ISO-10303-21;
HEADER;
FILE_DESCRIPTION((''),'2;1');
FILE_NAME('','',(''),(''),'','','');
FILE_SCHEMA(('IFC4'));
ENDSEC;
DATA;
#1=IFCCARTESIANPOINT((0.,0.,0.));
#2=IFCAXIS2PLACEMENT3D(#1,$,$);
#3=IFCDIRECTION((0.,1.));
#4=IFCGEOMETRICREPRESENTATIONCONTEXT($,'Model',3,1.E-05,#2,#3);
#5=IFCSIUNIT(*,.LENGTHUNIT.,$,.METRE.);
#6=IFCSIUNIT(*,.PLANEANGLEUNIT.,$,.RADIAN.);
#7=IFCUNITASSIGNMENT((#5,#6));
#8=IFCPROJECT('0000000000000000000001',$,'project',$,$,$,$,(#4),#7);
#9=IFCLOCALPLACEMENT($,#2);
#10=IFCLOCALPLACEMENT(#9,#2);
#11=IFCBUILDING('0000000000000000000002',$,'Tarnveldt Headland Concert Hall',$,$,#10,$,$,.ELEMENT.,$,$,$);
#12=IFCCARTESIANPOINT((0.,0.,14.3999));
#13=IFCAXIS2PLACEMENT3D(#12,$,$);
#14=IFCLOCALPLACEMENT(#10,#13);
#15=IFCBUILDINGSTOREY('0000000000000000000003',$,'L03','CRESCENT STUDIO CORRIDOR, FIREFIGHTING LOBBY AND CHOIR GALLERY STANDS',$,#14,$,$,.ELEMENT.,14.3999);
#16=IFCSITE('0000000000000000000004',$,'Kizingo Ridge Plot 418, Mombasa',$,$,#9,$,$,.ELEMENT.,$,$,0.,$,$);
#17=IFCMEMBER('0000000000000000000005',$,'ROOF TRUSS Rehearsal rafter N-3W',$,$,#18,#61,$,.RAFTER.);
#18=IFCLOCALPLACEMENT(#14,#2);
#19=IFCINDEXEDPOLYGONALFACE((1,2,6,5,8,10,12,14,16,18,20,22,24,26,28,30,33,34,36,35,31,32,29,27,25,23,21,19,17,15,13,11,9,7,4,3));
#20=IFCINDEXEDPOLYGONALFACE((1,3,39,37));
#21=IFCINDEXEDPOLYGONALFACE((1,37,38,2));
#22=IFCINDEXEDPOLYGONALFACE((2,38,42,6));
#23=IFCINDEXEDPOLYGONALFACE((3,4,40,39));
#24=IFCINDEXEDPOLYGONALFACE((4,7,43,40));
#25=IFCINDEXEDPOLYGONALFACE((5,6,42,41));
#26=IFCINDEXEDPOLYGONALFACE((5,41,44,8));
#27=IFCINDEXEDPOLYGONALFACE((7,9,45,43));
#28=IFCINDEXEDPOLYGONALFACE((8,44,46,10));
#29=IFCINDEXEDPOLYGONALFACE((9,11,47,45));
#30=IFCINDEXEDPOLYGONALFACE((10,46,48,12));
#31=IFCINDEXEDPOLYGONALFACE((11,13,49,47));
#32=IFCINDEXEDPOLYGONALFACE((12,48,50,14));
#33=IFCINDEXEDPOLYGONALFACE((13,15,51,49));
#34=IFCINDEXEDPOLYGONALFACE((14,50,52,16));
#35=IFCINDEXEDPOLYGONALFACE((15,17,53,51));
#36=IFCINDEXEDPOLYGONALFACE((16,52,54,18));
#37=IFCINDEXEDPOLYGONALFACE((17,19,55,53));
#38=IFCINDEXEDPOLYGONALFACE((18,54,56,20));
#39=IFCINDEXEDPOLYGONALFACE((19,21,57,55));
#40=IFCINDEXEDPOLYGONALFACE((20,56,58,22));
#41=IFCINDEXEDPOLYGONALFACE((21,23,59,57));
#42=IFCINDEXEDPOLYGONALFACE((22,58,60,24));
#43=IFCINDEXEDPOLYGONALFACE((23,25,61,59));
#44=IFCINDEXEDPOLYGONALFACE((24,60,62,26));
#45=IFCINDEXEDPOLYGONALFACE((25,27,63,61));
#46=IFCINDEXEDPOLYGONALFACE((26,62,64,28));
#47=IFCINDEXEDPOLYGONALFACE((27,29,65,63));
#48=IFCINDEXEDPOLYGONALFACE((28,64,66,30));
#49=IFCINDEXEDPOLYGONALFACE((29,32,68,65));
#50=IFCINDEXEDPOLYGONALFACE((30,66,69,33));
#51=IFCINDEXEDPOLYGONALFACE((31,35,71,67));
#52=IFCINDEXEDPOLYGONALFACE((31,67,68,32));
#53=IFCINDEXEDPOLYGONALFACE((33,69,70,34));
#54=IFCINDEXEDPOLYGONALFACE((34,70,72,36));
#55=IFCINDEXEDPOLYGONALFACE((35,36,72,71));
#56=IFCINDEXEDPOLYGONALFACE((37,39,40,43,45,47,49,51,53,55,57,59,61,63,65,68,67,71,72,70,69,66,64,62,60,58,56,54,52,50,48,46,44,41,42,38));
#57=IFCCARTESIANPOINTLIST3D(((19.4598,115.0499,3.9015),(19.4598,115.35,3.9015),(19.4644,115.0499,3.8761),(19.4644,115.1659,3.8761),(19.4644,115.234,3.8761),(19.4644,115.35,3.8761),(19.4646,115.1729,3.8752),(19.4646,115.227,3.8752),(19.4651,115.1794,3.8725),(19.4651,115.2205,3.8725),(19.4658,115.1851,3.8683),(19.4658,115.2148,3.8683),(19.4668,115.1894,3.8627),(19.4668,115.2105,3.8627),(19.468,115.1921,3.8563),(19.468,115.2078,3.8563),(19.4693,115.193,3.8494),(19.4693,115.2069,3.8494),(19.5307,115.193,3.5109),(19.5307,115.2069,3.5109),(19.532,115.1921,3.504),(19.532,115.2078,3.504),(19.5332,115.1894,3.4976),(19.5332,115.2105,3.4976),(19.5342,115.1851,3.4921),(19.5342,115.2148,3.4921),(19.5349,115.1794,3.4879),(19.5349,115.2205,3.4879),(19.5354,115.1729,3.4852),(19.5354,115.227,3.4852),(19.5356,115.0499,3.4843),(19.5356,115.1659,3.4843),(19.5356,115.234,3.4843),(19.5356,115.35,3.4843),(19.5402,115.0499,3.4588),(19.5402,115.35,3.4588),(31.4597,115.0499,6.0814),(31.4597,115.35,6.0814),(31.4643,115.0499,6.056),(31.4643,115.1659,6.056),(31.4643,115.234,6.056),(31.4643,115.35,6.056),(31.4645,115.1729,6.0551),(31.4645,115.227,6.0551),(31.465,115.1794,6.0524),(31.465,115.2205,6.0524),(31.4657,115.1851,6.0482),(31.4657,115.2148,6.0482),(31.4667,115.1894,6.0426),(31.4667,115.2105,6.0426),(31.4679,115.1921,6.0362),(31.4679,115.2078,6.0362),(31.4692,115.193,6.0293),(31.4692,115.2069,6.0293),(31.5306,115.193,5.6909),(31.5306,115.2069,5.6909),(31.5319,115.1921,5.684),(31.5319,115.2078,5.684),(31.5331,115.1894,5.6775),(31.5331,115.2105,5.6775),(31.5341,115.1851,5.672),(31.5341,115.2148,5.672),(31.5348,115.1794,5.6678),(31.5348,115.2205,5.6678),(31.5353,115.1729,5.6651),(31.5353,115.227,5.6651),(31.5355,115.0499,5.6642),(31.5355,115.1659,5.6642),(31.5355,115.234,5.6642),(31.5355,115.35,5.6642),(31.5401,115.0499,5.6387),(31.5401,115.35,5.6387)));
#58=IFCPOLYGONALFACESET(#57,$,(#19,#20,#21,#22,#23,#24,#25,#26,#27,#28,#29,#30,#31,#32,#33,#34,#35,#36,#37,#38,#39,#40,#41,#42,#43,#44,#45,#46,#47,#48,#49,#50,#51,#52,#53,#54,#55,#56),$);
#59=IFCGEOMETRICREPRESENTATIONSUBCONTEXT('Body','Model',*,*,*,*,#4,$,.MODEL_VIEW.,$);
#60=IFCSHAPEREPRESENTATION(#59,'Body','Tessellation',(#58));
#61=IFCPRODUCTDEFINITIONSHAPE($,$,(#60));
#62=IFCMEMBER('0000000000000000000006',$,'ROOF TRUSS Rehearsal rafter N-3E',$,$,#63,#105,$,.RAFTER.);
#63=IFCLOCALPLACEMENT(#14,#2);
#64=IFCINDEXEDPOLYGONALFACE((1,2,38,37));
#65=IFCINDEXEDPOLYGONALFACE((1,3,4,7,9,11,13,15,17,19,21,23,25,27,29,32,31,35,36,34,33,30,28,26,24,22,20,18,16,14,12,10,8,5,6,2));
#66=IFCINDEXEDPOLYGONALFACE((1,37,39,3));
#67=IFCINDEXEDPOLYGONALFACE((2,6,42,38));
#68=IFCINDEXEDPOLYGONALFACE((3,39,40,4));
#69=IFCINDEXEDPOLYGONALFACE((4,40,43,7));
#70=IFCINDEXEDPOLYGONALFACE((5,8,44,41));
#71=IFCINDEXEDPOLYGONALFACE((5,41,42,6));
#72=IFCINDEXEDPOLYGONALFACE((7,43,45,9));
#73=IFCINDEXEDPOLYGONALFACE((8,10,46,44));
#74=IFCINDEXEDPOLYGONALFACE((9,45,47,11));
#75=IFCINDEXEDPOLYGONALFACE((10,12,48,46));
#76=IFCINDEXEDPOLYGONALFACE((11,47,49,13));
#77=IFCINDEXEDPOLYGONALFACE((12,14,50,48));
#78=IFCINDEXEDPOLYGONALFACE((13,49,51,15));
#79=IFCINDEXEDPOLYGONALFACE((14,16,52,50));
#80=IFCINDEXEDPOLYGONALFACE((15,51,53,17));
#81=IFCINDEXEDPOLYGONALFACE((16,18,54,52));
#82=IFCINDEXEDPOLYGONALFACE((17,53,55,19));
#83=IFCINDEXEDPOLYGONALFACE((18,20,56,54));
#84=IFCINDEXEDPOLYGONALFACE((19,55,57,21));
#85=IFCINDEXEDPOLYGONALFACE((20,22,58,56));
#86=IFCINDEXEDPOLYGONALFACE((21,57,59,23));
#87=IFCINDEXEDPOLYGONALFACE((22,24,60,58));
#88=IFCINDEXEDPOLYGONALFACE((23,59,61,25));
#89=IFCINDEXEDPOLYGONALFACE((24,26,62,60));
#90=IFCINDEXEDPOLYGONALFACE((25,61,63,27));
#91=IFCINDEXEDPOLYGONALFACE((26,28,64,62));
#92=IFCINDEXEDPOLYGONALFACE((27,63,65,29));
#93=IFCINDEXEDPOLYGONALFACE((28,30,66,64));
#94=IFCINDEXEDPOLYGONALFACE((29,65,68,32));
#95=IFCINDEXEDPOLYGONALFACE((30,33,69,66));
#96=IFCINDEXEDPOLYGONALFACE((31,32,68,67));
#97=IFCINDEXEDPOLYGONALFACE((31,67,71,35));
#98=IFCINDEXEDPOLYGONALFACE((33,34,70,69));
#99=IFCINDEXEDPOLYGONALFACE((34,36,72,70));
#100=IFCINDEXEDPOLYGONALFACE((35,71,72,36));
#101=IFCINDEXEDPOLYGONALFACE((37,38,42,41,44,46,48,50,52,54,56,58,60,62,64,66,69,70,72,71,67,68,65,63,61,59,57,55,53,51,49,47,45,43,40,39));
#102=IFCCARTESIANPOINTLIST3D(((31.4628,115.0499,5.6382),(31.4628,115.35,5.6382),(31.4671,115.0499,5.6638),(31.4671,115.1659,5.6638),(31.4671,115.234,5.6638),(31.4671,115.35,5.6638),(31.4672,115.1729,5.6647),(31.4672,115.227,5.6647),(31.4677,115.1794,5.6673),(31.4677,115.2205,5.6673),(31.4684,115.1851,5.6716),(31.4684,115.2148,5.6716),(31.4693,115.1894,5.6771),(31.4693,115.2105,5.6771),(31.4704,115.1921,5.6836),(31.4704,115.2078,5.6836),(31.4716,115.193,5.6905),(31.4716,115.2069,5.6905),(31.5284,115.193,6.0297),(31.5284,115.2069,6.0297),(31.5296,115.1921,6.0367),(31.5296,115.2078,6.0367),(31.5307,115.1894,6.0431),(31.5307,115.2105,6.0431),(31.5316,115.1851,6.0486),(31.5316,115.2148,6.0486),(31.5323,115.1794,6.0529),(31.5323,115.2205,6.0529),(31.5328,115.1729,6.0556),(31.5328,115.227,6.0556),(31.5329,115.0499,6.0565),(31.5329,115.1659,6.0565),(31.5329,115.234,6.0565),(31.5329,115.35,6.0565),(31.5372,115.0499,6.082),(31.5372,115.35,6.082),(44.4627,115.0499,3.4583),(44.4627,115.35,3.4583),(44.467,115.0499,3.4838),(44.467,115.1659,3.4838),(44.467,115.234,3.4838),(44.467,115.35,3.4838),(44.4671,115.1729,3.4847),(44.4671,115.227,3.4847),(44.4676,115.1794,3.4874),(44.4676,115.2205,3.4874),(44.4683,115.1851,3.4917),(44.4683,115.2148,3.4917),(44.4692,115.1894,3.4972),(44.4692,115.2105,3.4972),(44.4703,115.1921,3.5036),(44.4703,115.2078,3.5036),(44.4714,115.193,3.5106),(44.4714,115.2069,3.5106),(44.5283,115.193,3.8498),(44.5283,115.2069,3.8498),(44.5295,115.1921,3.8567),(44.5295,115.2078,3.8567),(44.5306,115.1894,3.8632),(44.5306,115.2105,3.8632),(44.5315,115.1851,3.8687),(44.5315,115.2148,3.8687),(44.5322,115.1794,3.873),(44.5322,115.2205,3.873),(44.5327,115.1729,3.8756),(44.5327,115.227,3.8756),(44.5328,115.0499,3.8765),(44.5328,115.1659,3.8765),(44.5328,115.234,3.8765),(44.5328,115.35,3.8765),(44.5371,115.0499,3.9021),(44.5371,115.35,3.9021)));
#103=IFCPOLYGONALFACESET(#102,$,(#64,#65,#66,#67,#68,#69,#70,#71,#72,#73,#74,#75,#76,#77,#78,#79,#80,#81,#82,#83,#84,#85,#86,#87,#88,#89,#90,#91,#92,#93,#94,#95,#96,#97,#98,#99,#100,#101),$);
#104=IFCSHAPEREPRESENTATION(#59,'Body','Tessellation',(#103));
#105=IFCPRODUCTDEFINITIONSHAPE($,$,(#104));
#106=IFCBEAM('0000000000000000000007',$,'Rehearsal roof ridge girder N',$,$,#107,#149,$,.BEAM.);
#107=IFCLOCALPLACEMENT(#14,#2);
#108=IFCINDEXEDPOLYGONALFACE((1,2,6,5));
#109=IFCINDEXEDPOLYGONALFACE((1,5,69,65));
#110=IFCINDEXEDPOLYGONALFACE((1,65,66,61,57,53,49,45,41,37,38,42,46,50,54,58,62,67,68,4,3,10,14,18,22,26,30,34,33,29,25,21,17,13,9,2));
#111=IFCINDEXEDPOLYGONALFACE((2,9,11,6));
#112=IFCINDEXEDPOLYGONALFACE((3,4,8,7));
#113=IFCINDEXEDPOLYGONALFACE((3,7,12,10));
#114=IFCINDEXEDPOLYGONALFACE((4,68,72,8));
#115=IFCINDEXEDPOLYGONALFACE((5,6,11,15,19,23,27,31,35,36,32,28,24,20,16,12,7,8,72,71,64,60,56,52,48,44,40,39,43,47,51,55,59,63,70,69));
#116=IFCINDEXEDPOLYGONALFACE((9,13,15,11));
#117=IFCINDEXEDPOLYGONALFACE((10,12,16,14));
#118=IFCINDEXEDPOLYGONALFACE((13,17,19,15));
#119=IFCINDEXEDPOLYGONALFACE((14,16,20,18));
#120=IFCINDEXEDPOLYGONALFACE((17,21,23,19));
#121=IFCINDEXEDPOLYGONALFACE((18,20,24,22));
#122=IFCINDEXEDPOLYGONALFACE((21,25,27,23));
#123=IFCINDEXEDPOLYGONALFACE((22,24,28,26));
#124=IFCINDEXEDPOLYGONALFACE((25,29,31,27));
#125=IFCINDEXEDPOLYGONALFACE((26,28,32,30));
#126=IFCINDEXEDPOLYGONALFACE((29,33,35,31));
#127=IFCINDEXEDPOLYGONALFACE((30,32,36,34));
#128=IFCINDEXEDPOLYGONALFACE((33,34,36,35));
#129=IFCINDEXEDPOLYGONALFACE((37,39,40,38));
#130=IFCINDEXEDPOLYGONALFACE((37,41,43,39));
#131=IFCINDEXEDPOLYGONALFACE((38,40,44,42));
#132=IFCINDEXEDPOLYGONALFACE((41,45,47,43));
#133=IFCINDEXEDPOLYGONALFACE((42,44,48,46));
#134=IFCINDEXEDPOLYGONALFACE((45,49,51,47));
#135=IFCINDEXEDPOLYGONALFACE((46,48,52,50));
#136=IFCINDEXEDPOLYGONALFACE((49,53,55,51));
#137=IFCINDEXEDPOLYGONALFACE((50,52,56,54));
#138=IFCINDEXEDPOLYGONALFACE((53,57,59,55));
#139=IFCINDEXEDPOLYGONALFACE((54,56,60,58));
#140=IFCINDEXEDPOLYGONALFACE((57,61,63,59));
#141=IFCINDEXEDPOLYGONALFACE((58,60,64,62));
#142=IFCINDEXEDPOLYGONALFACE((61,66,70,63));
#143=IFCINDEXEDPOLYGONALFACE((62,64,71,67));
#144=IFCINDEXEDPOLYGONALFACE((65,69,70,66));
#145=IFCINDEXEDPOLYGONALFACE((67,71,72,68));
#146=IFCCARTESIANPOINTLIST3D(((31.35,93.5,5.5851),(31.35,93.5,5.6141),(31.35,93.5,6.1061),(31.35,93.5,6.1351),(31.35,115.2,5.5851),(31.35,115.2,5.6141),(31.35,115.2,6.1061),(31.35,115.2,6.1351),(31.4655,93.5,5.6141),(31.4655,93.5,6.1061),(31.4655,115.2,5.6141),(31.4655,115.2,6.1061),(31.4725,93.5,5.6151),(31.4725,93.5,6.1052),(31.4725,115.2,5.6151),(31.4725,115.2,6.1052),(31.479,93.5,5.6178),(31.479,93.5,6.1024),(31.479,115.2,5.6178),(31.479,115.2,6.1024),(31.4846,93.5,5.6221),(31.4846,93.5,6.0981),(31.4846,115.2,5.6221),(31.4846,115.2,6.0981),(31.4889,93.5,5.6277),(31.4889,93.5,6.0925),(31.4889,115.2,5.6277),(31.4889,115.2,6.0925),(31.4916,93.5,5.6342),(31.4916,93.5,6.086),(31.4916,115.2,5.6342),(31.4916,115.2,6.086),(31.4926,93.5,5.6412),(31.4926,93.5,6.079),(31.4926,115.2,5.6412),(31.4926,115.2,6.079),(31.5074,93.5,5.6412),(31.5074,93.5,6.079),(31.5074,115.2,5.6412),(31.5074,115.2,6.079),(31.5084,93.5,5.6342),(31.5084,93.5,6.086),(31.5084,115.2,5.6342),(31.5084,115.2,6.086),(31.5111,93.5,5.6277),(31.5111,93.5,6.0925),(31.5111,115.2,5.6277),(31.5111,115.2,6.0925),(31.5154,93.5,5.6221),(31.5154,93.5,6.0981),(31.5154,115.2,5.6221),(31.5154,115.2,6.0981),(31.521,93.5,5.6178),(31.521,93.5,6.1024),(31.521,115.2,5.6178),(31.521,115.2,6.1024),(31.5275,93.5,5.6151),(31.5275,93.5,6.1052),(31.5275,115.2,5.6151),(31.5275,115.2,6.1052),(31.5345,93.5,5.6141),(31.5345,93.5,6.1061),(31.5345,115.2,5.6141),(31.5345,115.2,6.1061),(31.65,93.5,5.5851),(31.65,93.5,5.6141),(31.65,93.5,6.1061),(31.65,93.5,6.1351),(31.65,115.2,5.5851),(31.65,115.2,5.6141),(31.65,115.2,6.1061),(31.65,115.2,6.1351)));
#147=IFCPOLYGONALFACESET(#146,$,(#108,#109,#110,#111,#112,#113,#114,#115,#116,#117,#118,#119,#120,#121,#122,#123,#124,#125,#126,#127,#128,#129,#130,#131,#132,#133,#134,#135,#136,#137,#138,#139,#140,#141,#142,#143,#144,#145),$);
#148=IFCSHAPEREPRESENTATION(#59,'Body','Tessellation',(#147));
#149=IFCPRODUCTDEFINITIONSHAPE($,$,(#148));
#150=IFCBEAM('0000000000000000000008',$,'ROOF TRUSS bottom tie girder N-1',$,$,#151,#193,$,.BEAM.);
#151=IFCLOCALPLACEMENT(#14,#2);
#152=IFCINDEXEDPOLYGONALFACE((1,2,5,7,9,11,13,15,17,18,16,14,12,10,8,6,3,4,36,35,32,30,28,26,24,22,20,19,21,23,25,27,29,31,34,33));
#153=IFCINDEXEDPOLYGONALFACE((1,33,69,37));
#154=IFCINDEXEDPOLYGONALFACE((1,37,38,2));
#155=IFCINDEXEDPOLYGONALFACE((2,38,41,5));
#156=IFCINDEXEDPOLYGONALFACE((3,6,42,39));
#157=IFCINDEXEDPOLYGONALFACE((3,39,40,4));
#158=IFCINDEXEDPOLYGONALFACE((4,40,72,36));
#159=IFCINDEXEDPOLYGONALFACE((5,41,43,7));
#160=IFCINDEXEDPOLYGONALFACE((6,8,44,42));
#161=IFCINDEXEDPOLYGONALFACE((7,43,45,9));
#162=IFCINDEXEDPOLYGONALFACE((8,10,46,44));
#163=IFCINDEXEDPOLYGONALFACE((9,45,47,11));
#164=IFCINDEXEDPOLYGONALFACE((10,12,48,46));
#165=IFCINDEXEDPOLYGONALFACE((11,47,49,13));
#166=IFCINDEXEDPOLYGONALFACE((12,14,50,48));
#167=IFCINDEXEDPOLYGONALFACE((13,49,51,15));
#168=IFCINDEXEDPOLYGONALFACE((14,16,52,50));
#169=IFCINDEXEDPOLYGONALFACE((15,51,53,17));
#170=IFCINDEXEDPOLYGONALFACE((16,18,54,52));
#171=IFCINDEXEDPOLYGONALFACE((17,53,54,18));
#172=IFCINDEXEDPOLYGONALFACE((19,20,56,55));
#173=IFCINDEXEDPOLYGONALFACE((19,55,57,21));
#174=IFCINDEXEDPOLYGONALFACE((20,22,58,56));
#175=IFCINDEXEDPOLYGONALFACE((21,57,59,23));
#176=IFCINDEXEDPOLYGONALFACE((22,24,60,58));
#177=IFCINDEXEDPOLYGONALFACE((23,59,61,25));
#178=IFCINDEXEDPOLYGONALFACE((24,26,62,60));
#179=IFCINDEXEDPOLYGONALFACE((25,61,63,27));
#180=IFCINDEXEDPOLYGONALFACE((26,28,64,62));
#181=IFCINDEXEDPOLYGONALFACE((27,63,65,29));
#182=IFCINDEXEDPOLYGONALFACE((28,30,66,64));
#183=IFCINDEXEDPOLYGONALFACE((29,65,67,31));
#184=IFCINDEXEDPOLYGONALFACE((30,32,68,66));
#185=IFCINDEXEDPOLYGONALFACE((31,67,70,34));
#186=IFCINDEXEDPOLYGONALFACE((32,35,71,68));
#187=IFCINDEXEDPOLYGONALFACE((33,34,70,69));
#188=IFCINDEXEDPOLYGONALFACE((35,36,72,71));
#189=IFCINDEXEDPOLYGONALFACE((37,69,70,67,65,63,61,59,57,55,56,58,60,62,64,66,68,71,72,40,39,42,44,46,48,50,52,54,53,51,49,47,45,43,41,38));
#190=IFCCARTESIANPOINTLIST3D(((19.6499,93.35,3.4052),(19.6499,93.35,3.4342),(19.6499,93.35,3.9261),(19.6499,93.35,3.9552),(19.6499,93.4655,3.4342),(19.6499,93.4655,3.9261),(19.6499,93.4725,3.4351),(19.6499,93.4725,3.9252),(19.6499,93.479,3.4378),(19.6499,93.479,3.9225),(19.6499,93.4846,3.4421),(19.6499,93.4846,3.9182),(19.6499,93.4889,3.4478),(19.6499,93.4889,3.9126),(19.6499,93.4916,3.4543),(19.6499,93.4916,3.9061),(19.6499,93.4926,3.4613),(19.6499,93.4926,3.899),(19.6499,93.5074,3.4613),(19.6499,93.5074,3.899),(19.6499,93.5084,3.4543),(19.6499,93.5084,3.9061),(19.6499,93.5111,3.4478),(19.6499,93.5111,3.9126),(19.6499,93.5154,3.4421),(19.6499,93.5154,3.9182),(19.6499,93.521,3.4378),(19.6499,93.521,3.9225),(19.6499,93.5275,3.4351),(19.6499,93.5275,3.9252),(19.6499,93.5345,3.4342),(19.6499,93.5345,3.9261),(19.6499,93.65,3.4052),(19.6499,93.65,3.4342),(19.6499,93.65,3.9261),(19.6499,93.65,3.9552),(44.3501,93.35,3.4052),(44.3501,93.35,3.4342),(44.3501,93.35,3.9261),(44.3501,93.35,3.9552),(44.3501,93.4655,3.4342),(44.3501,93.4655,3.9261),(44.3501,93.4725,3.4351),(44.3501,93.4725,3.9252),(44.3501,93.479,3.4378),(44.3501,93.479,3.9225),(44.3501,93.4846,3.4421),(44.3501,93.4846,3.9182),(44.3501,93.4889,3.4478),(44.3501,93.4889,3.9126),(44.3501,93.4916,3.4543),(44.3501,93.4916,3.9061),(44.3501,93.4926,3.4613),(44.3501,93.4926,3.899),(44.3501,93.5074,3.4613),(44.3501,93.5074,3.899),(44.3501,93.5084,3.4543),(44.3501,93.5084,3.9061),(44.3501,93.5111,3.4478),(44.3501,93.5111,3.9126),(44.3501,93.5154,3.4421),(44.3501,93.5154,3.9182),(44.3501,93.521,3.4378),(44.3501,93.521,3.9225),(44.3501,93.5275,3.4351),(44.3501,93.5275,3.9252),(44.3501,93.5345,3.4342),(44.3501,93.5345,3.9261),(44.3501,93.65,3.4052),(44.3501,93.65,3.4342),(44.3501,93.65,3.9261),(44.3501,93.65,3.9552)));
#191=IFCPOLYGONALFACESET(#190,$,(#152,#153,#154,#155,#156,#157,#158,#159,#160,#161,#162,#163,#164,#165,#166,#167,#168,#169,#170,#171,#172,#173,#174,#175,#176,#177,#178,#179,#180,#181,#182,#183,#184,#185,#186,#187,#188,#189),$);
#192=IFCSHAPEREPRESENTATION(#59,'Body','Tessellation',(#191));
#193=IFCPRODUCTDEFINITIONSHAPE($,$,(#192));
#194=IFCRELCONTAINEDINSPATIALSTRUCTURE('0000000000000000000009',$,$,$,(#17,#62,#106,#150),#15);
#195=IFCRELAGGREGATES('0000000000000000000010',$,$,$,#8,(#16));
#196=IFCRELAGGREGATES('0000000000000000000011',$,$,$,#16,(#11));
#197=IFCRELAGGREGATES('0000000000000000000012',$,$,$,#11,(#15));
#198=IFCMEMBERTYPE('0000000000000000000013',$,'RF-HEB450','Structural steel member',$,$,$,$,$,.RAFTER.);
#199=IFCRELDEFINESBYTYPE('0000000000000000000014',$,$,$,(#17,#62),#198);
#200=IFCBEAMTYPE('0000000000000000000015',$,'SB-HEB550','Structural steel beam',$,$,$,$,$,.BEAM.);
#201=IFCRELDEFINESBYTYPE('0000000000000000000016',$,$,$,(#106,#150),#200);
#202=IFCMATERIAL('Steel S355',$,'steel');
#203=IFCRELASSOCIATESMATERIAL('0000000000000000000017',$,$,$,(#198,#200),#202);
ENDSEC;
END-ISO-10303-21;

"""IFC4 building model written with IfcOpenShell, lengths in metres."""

from ifc_helpers import new_model, si_unit, direction, frame, origin, origin_2d, place, context, subcontext, project, spatial, i_section, extrude, material, material_profile, profile_set, type_object, element, save


model = new_model("IFC4")

# Units and contexts
model_context = context("Model", 3, precision=1e-05, world=origin(), true_north=direction((0.0, 1.0)))
body_context = subcontext(model_context, "Body", "Model", "MODEL_VIEW")
ifc_project = project(units=[si_unit("LENGTHUNIT", "METRE"), si_unit("PLANEANGLEUNIT", "RADIAN")], contexts=[model_context])

# Site, building, storey
site_placement = place(None, origin())
site = spatial("IfcSite", under=ifc_project, at=site_placement, Name="Kizingo Ridge Plot 418, Mombasa", CompositionType="ELEMENT", RefElevation=0.0)
building_placement = place(site_placement, origin())
building = spatial("IfcBuilding", under=site, at=building_placement, Name="Tarnveldt Headland Concert Hall", CompositionType="ELEMENT")
storey_placement = place(building_placement, frame((0.0, 0.0, 14.3999)))
storey = spatial("IfcBuildingStorey", under=building, at=storey_placement, Name="L03", Description="CRESCENT STUDIO CORRIDOR, FIREFIGHTING LOBBY AND CHOIR GALLERY STANDS", CompositionType="ELEMENT", Elevation=14.3999)

# Shared definitions
ifc_material_1 = material(Name="Steel S355", Category="steel")

# Members
ifc_material_profile_1 = material_profile(ifc_material_1, i_section(OverallWidth=0.3, OverallDepth=0.45, WebThickness=0.0139, FlangeThickness=0.0259, FilletRadius=0.0271, at=origin_2d()), Name="HEB450", Category="steel")
ifc_profile_set_1 = profile_set([ifc_material_profile_1], Name="Steel S355")
member_type_1 = type_object("IfcMemberType", Name="RF-HEB450", Description="Structural steel member", PredefinedType="RAFTER", material=ifc_profile_set_1)
member_1_placement = place(storey_placement, frame((19.5, 115.2, 3.6802), z_axis=(0.983897, 0.0, 0.178736), x_axis=(0.0, 1.0, 0.0)))
element("IfcMember", 1, at=member_1_placement, inside=storey, type_object=member_type_1, Name="ROOF TRUSS Rehearsal rafter N-3W", PredefinedType="RAFTER", context=body_context, shape_type="SweptSolid", body=[
    extrude(i_section(OverallWidth=0.3, OverallDepth=0.45, WebThickness=0.0139, FlangeThickness=0.0259, FilletRadius=0.0271, at=origin_2d()), origin(), (0.0, 0.0, 1.0), 12.1963),
])
member_2_placement = place(storey_placement, frame((31.5, 115.2, 5.8601), z_axis=(0.98623, 0.0, -0.165378), x_axis=(0.0, 1.0, 0.0)))
element("IfcMember", 2, at=member_2_placement, inside=storey, type_object=member_type_1, Name="ROOF TRUSS Rehearsal rafter N-3E", PredefinedType="RAFTER", context=body_context, shape_type="SweptSolid", body=[
    extrude(i_section(OverallWidth=0.3, OverallDepth=0.45, WebThickness=0.0139, FlangeThickness=0.0259, FilletRadius=0.0271, at=origin_2d()), origin(), (0.0, 0.0, 1.0), 13.1814),
])

# Beams
ifc_material_profile_2 = material_profile(ifc_material_1, i_section(OverallWidth=0.3, OverallDepth=0.55, WebThickness=0.0149, FlangeThickness=0.0291, FilletRadius=0.0271, at=origin_2d()), Name="HEB550", Category="steel")
ifc_profile_set_2 = profile_set([ifc_material_profile_2], Name="Steel S355")
beam_type = type_object("IfcBeamType", Name="SB-HEB550", Description="Structural steel beam", PredefinedType="BEAM", material=ifc_profile_set_2)
beam_placement = place(storey_placement, frame((31.5, 93.5, 5.8601), z_axis=(0.0, 1.0, 0.0), x_axis=(-1.0, 0.0, 0.0)))
element("IfcBeam", 3, at=beam_placement, inside=storey, type_object=beam_type, Name="Rehearsal roof ridge girder N", PredefinedType="BEAM", context=body_context, shape_type="SweptSolid", body=[
    extrude(i_section(OverallWidth=0.3, OverallDepth=0.55, WebThickness=0.0149, FlangeThickness=0.0291, FilletRadius=0.0271, at=origin_2d()), origin(), (0.0, 0.0, 1.0), 21.7),
])
for number, where, z_axis, x_axis, name in (
    (4, (19.6499, 93.5, 3.6802), (1.0, 0.0, 0.0), (0.0, 1.0, 0.0), "ROOF TRUSS bottom tie girder N-1"),
):
    element("IfcBeam", number, at=place(storey_placement, frame(where, z_axis=z_axis, x_axis=x_axis)), inside=storey, type_object=beam_type, Name=name, PredefinedType="BEAM", context=body_context, shape_type="SweptSolid", body=[
        extrude(i_section(OverallWidth=0.3, OverallDepth=0.55, WebThickness=0.0149, FlangeThickness=0.0291, FilletRadius=0.0271, at=origin_2d()), origin(), (0.0, 0.0, 1.0), 24.7002),
    ])

save(model, "model.ifc")
